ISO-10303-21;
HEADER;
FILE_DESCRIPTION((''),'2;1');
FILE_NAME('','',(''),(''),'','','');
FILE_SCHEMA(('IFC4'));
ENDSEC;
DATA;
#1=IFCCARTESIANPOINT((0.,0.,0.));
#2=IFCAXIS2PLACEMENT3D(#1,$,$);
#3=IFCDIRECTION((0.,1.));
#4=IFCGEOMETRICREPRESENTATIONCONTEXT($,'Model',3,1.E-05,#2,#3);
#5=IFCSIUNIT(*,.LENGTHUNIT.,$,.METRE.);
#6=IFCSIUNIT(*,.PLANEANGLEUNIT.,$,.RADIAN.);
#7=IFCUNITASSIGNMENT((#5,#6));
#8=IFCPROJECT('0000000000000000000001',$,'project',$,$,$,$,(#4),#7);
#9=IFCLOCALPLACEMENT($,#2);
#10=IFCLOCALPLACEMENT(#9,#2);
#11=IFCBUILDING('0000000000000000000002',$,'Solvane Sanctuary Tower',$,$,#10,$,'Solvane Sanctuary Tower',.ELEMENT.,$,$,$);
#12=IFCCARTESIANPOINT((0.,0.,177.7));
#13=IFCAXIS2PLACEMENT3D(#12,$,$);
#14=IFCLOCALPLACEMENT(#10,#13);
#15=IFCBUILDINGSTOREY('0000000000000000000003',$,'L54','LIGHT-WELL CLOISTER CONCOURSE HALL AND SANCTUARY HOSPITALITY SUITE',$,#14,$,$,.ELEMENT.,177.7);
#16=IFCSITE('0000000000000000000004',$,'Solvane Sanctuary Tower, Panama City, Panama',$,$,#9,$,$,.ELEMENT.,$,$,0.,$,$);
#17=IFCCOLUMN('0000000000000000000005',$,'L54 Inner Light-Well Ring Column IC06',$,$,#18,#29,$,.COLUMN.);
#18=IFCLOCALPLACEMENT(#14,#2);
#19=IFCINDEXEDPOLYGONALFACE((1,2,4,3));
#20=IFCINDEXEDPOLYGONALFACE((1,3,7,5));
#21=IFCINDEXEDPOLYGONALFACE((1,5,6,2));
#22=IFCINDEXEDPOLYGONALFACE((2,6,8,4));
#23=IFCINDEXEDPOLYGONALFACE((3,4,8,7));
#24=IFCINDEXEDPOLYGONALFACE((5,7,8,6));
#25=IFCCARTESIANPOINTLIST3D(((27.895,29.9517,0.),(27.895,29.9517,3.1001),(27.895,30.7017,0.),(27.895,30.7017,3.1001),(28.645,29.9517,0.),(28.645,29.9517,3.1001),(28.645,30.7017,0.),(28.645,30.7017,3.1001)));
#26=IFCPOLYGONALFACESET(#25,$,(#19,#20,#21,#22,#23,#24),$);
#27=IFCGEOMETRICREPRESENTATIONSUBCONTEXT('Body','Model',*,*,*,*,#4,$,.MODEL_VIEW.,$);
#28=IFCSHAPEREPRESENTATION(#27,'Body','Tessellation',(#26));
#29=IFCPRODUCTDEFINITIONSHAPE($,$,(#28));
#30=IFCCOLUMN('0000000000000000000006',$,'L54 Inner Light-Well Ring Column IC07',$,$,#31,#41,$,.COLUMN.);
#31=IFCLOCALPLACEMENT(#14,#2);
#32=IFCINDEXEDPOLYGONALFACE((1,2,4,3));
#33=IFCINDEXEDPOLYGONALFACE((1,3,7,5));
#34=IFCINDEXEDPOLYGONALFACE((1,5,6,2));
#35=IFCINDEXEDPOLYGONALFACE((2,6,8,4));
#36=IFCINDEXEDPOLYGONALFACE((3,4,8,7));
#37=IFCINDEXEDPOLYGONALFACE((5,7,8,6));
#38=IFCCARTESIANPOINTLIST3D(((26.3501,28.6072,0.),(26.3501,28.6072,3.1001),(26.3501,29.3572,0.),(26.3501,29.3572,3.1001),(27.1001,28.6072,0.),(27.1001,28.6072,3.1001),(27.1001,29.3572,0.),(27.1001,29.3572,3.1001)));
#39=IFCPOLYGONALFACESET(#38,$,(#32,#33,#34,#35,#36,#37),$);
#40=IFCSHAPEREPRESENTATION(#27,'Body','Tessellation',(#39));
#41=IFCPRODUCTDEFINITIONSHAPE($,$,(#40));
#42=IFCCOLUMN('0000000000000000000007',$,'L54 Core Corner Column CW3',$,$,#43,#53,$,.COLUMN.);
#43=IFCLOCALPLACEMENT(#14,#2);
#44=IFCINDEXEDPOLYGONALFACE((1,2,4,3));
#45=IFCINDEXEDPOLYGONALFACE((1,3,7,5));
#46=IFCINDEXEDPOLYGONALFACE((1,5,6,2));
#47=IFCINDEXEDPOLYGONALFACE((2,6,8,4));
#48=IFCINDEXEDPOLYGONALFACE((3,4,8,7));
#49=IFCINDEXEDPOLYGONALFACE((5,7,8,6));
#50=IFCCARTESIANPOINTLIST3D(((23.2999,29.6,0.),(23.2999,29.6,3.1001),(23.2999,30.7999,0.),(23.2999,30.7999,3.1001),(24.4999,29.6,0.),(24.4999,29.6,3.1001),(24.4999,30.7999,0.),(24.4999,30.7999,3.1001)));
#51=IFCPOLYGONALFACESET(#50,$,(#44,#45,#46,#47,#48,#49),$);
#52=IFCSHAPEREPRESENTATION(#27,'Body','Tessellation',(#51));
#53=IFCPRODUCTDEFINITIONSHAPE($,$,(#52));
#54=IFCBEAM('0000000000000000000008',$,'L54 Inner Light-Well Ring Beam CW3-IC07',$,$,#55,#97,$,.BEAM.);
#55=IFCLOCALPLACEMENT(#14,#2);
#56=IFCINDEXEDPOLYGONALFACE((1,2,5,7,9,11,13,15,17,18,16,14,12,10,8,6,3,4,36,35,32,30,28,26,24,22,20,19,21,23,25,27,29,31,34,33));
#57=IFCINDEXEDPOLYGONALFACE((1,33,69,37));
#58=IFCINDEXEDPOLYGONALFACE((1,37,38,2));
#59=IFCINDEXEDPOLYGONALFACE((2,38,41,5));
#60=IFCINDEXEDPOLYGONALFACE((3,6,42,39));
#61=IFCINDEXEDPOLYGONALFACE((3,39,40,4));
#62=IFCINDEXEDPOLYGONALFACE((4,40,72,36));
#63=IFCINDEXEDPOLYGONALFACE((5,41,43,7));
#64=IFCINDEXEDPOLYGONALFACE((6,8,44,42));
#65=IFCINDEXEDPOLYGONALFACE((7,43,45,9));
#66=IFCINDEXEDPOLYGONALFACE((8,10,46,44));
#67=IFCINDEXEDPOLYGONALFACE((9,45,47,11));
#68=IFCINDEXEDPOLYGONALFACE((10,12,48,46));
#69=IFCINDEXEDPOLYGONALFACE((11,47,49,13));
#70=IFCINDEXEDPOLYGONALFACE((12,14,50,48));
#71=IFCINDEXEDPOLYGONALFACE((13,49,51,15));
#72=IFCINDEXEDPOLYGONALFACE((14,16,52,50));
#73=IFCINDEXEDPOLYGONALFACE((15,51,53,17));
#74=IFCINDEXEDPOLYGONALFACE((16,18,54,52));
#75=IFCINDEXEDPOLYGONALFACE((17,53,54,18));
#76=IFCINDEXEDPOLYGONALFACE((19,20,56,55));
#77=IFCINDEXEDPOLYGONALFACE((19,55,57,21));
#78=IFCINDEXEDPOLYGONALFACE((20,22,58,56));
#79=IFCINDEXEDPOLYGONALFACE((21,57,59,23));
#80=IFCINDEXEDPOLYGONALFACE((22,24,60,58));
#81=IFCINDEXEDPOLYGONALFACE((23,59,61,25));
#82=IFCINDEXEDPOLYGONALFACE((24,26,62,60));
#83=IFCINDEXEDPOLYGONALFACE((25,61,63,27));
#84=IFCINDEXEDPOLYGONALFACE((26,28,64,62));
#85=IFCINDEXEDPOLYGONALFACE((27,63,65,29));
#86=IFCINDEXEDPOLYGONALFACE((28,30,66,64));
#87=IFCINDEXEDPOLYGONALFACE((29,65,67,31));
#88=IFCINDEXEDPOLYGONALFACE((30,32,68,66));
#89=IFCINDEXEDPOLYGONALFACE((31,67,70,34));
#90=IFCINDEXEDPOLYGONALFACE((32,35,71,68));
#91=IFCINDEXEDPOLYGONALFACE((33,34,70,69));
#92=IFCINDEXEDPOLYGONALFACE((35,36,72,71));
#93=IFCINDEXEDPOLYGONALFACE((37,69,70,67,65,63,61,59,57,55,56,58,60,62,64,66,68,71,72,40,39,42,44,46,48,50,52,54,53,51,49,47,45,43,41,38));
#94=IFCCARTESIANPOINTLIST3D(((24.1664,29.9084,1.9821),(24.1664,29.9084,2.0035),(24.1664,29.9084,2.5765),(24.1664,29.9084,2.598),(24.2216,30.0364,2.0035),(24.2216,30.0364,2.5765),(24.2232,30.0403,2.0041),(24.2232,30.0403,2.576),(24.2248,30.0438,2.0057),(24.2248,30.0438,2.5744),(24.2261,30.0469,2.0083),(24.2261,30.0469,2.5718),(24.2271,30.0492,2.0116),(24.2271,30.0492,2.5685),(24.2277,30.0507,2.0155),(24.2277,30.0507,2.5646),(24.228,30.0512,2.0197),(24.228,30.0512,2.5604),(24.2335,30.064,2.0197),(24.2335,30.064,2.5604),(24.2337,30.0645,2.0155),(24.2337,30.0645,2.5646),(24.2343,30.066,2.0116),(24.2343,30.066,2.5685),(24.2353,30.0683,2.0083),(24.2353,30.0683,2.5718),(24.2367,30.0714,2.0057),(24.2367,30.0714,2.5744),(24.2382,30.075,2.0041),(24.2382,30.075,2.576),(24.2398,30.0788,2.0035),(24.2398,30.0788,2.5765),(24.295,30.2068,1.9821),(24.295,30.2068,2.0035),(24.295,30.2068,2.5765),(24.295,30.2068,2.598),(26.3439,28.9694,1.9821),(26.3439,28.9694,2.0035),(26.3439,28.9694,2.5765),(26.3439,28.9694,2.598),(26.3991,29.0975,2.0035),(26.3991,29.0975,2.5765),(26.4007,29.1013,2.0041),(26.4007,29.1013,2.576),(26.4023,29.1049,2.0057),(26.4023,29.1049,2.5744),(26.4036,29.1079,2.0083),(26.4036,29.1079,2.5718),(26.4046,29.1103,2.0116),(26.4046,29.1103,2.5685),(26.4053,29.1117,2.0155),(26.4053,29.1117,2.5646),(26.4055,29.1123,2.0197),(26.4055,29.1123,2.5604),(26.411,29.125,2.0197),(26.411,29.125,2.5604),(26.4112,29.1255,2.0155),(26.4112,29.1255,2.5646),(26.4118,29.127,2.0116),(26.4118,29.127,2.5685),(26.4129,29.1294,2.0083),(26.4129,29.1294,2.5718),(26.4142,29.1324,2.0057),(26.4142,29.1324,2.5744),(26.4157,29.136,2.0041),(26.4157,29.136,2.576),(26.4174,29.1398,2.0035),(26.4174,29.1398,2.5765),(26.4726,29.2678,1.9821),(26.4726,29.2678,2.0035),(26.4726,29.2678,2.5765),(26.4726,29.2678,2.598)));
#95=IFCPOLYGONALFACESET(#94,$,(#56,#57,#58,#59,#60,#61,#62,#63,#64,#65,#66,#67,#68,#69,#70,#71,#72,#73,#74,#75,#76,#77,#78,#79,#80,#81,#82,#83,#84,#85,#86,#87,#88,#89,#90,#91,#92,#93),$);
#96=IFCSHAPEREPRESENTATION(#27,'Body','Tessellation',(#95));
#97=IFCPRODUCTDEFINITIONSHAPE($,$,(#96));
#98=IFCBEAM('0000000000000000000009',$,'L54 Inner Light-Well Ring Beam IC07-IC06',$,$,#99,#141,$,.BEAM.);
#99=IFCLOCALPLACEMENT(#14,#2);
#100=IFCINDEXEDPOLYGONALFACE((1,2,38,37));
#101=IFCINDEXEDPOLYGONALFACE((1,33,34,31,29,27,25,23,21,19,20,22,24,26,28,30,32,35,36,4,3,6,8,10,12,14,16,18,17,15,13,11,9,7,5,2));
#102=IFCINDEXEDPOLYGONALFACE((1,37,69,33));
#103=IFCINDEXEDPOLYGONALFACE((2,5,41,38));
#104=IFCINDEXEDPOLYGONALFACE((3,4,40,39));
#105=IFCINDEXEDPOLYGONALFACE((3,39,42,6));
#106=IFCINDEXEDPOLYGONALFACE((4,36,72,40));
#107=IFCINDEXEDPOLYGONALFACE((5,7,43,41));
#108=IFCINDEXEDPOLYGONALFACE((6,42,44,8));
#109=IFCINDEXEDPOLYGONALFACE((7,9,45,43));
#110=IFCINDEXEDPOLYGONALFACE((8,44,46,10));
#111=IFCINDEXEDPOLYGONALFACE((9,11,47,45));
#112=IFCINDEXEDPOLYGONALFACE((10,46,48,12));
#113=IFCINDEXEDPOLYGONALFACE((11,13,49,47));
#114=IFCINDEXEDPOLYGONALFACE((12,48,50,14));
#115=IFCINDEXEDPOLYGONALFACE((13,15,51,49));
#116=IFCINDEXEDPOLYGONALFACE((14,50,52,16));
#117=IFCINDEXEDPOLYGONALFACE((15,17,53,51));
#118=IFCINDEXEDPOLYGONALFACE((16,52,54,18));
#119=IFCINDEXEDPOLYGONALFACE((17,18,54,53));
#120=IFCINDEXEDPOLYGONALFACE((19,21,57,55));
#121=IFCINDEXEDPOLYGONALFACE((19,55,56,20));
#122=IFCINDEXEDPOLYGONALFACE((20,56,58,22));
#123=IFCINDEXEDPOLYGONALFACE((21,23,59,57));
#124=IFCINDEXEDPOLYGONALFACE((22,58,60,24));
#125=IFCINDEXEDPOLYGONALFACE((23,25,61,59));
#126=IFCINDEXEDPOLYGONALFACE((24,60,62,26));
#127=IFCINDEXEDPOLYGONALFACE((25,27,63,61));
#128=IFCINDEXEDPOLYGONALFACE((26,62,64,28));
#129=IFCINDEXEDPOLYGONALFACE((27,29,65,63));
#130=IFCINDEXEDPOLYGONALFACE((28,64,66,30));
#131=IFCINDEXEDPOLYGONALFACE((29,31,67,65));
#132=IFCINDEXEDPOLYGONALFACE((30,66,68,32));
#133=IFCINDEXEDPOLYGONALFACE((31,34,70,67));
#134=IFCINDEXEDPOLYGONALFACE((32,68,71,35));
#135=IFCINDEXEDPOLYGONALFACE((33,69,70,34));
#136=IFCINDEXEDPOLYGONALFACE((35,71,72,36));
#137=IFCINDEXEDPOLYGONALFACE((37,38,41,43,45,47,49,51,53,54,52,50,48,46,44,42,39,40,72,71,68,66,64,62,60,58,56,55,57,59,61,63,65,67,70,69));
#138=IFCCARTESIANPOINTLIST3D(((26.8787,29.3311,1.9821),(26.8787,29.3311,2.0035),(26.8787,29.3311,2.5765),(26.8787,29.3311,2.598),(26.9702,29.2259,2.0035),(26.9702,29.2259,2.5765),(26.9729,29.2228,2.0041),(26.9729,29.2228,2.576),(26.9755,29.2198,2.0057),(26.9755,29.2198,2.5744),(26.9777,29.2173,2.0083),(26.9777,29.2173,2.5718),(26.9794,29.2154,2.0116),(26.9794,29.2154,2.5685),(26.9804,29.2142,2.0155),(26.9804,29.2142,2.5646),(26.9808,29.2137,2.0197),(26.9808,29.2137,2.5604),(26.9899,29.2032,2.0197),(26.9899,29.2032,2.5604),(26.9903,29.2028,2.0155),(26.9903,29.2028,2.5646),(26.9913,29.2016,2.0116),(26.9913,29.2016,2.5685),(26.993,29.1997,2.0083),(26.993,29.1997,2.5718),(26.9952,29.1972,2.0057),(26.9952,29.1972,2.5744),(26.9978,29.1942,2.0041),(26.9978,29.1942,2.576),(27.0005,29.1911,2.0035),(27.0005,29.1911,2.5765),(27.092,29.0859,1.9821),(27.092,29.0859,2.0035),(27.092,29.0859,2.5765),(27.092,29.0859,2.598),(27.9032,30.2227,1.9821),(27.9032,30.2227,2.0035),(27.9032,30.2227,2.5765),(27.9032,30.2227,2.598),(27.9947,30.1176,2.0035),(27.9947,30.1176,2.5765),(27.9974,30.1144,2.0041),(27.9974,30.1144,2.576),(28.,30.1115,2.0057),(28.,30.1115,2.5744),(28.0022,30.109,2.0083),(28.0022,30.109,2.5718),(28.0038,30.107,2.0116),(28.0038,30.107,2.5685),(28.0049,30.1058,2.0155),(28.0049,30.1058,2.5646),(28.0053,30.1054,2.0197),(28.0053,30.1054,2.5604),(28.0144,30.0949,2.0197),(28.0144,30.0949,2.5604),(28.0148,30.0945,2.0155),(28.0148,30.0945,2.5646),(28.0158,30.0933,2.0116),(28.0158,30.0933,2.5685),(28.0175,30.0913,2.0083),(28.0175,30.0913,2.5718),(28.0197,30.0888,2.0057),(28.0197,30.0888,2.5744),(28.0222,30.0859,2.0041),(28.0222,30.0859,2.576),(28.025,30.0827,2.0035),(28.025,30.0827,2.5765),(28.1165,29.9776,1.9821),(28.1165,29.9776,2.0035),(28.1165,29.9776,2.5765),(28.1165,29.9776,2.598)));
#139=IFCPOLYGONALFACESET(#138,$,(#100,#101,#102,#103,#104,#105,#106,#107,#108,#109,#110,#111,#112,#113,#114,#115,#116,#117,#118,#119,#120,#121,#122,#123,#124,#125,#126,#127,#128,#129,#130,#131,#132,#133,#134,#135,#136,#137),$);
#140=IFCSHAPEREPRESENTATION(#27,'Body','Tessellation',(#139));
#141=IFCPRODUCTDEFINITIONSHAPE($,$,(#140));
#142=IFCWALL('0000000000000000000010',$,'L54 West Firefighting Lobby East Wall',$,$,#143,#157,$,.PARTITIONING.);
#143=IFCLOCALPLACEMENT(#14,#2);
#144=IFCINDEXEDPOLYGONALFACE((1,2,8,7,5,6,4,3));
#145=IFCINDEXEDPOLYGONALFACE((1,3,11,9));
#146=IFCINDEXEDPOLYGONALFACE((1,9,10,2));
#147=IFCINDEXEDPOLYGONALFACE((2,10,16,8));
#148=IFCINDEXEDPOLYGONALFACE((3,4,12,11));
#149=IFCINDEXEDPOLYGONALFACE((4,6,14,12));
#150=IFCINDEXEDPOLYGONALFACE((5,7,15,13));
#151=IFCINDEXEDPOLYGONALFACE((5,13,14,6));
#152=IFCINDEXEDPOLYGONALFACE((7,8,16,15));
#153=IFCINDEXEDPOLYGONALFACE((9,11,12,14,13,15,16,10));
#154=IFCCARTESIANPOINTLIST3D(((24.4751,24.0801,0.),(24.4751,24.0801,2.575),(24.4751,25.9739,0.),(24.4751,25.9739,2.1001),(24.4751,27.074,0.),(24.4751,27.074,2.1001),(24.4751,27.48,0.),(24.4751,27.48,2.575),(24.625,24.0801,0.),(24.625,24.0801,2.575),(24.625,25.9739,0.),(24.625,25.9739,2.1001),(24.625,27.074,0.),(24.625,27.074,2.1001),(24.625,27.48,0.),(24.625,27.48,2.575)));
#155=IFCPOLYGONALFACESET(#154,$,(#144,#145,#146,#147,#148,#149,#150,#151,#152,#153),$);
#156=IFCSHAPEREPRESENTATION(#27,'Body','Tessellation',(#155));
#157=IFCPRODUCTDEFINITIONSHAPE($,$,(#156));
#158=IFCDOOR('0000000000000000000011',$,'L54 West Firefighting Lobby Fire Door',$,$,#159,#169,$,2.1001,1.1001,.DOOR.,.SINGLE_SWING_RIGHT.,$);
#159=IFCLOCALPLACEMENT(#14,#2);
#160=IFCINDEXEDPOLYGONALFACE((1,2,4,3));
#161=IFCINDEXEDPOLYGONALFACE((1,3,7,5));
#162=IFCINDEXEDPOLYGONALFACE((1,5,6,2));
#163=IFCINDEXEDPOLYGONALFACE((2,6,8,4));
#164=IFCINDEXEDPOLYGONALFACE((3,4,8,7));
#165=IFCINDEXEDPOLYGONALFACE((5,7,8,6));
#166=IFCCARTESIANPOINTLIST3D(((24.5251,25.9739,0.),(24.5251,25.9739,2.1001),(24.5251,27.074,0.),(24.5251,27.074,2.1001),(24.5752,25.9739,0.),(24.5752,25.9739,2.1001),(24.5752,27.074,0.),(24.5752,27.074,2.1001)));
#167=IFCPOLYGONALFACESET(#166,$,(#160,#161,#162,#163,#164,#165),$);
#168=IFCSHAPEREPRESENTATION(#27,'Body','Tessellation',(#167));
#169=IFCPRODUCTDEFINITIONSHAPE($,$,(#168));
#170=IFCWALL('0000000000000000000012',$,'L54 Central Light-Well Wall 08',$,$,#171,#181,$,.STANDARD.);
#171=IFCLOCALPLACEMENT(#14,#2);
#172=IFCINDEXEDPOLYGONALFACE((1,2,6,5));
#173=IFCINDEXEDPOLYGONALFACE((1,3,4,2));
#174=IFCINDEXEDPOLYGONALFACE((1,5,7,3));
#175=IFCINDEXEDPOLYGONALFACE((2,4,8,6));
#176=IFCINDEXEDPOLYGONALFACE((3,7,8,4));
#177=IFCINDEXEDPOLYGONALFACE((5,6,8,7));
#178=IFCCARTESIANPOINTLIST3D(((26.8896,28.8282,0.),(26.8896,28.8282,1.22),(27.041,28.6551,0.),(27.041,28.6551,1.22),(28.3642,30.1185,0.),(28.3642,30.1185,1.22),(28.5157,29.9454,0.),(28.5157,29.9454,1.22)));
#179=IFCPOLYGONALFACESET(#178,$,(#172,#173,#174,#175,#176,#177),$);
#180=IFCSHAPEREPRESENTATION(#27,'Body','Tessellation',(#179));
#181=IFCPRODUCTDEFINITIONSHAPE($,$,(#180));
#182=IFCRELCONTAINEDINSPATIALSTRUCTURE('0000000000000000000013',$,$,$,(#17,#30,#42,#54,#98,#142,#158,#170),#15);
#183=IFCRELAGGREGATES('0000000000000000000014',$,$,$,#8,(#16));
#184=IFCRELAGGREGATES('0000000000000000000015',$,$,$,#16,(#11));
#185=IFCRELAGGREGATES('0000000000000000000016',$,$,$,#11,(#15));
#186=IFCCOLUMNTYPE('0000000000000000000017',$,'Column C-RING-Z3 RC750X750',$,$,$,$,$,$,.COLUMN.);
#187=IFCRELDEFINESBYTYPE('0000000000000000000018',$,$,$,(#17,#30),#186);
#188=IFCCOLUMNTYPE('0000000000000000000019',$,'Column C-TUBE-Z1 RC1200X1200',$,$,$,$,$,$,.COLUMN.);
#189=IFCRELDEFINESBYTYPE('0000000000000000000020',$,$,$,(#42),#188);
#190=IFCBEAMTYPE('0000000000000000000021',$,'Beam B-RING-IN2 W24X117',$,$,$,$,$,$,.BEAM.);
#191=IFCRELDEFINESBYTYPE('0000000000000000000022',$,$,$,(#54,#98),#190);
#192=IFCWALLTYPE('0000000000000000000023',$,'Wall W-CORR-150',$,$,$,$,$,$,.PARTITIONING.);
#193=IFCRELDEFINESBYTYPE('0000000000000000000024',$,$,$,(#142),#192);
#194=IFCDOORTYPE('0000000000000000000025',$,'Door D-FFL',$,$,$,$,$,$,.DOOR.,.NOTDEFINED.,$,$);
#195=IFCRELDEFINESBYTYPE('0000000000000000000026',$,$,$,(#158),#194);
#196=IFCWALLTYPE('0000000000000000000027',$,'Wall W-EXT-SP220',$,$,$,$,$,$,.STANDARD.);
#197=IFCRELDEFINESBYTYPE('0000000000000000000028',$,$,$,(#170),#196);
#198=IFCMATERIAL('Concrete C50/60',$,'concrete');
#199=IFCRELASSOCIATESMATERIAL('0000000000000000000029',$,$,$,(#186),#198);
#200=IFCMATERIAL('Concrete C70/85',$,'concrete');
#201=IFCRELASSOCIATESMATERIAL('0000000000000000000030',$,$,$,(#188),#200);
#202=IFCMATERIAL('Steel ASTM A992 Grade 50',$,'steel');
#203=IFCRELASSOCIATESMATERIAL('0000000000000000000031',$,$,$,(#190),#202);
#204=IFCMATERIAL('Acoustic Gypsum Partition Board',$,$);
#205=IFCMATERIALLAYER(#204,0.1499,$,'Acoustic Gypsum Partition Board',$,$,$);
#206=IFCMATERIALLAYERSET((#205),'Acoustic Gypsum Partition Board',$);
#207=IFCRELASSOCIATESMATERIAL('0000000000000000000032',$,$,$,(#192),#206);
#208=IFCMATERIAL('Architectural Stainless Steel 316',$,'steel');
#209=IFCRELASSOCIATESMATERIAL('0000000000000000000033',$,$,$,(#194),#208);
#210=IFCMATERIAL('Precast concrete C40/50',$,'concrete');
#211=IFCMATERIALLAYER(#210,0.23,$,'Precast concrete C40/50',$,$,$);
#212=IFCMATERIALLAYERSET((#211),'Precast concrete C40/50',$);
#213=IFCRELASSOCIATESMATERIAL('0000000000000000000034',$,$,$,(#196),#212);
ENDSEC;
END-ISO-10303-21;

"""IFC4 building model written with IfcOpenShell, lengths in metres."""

from ifc_helpers import new_model, si_unit, direction, frame, frame_2d, origin, origin_2d, place, context, subcontext, project, spatial, rectangle, i_section, extrude, material, layer, layer_set, material_profile, profile_set, type_object, element, fill, save


model = new_model("IFC4")

# Units and contexts
model_context = context("Model", 3, precision=1e-05, world=origin(), true_north=direction((0.0, 1.0)))
body_context = subcontext(model_context, "Body", "Model", "MODEL_VIEW")
ifc_project = project(units=[si_unit("LENGTHUNIT", "METRE"), si_unit("PLANEANGLEUNIT", "RADIAN")], contexts=[model_context])

# Site, building, storey
site_placement = place(None, origin())
site = spatial("IfcSite", under=ifc_project, at=site_placement, Name="Solvane Sanctuary Tower, Panama City, Panama", CompositionType="ELEMENT", RefElevation=0.0)
building_placement = place(site_placement, origin())
building = spatial("IfcBuilding", under=site, at=building_placement, Name="Solvane Sanctuary Tower", LongName="Solvane Sanctuary Tower", CompositionType="ELEMENT")
storey_placement = place(building_placement, frame((0.0, 0.0, 177.7)))
storey = spatial("IfcBuildingStorey", under=building, at=storey_placement, Name="L54", Description="LIGHT-WELL CLOISTER CONCOURSE HALL AND SANCTUARY HOSPITALITY SUITE", CompositionType="ELEMENT", Elevation=177.7)

# Columns
ifc_material_1 = material(Name="Concrete C50/60", Category="concrete")
ifc_material_profile_1 = material_profile(ifc_material_1, rectangle(XDim=0.75, YDim=0.75, at=origin_2d()), Name="RC750X750")
ifc_profile_set_1 = profile_set([ifc_material_profile_1], Name="Concrete C50/60")
column_type_1 = type_object("IfcColumnType", Name="Column C-RING-Z3 RC750X750", PredefinedType="COLUMN", material=ifc_profile_set_1)
for number, where, z_axis, x_axis, name in (
    (1, (28.27, 30.3267, 0.0), (0.0, 0.0, 1.0), (1.0, 0.0, 0.0), "L54 Inner Light-Well Ring Column IC06"),
    (2, (26.7251, 28.9822, 0.0), (0.0, 0.0, 1.0), (1.0, 0.0, 0.0), "L54 Inner Light-Well Ring Column IC07"),
):
    element("IfcColumn", number, at=place(storey_placement, frame(where, z_axis=z_axis, x_axis=x_axis)), inside=storey, type_object=column_type_1, Name=name, PredefinedType="COLUMN", context=body_context, shape_type="SweptSolid", body=[
        extrude(rectangle(XDim=0.75, YDim=0.75, at=origin_2d()), origin(), (0.0, 0.0, 1.0), 3.1001),
    ])
ifc_material_2 = material(Name="Concrete C70/85", Category="concrete")
ifc_material_profile_2 = material_profile(ifc_material_2, rectangle(XDim=1.2, YDim=1.2, at=origin_2d()), Name="RC1200X1200")
ifc_profile_set_2 = profile_set([ifc_material_profile_2], Name="Concrete C70/85")
column_type_2 = type_object("IfcColumnType", Name="Column C-TUBE-Z1 RC1200X1200", PredefinedType="COLUMN", material=ifc_profile_set_2)
column_placement = place(storey_placement, frame((23.8999, 30.2, 0.0), z_axis=(0.0, 0.0, 1.0), x_axis=(1.0, 0.0, 0.0)))
element("IfcColumn", 3, at=column_placement, inside=storey, type_object=column_type_2, Name="L54 Core Corner Column CW3", PredefinedType="COLUMN", context=body_context, shape_type="SweptSolid", body=[
    extrude(rectangle(XDim=1.2, YDim=1.2, at=origin_2d()), origin(), (0.0, 0.0, 1.0), 3.1001),
])

# Beams
ifc_material_3 = material(Name="Steel ASTM A992 Grade 50", Category="steel")
ifc_material_profile_3 = material_profile(ifc_material_3, i_section(OverallWidth=0.325, OverallDepth=0.616, WebThickness=0.0139, FlangeThickness=0.0215, FilletRadius=0.0161, at=origin_2d()), Name="W24X117")
ifc_profile_set_3 = profile_set([ifc_material_profile_3], Name="Steel ASTM A992 Grade 50")
beam_type = type_object("IfcBeamType", Name="Beam B-RING-IN2 W24X117", PredefinedType="BEAM", material=ifc_profile_set_3)
beam_1_placement = place(storey_placement, frame((24.2307, 30.0576, 2.29), z_axis=(0.918264, -0.395969, 0.0), x_axis=(0.395969, 0.918264, 0.0)))
element("IfcBeam", 4, at=beam_1_placement, inside=storey, type_object=beam_type, Name="L54 Inner Light-Well Ring Beam CW3-IC07", PredefinedType="BEAM", context=body_context, shape_type="SweptSolid", body=[
    extrude(i_section(OverallWidth=0.325, OverallDepth=0.616, WebThickness=0.0139, FlangeThickness=0.0215, FilletRadius=0.0161, at=origin_2d()), origin(), (0.0, 0.0, 1.0), 2.3713),
])
beam_2_placement = place(storey_placement, frame((26.9854, 29.2085, 2.29), z_axis=(0.754311, 0.656517, 0.0), x_axis=(-0.656517, 0.754311, 0.0)))
element("IfcBeam", 5, at=beam_2_placement, inside=storey, type_object=beam_type, Name="L54 Inner Light-Well Ring Beam IC07-IC06", PredefinedType="BEAM", context=body_context, shape_type="SweptSolid", body=[
    extrude(i_section(OverallWidth=0.325, OverallDepth=0.616, WebThickness=0.0139, FlangeThickness=0.0215, FilletRadius=0.0161, at=origin_2d()), origin(), (0.0, 0.0, 1.0), 1.3582),
])

# Wall, opening, door
ifc_material_4 = material(Name="Acoustic Gypsum Partition Board")
ifc_layer_1 = layer(ifc_material_4, 0.1499, Name="Acoustic Gypsum Partition Board")
ifc_layer_set_1 = layer_set([ifc_layer_1], Name="Acoustic Gypsum Partition Board")
wall_type_1 = type_object("IfcWallType", Name="Wall W-CORR-150", PredefinedType="PARTITIONING", material=ifc_layer_set_1)
wall_1_placement = place(storey_placement, frame((24.55, 24.0801, 0.0), z_axis=(0.0, 0.0, 1.0), x_axis=(0.0, 1.0, 0.0)))
wall_1 = element("IfcWall", 6, at=wall_1_placement, inside=storey, type_object=wall_type_1, Name="L54 West Firefighting Lobby East Wall", PredefinedType="PARTITIONING", context=body_context, shape_type="SweptSolid", body=[
    extrude(rectangle(XDim=3.3999, YDim=0.1499, at=frame_2d((1.7, 0.0))), origin(), (0.0, 0.0, 1.0), 2.575),
])
opening_1_placement = place(wall_1_placement, frame((1.8938, 0.0, 0.0)))
opening_1 = element("IfcOpeningElement", 7, at=opening_1_placement, cuts=wall_1, PredefinedType="OPENING", context=body_context, shape_type="SweptSolid", body=[
    extrude(rectangle(XDim=1.1001, YDim=2.1001, at=frame_2d((0.55, 1.05))), frame((0.0, 0.085, 0.0), z_axis=(0.0, -1.0, 0.0), x_axis=(1.0, 0.0, 0.0)), (0.0, 0.0, 1.0), 0.1699),
])
ifc_material_5 = material(Name="Architectural Stainless Steel 316", Category="steel")
door_type_1 = type_object("IfcDoorType", Name="Door D-FFL", OperationType="NOTDEFINED", PredefinedType="DOOR", material=ifc_material_5)
door_1_placement = place(opening_1_placement, origin())
door_1 = element("IfcDoor", 8, at=door_1_placement, inside=storey, type_object=door_type_1, Name="L54 West Firefighting Lobby Fire Door", OperationType="SINGLE_SWING_RIGHT", OverallHeight=2.1001, OverallWidth=1.1001, PredefinedType="DOOR", context=body_context, shape_type="SweptSolid", body=[
    extrude(rectangle(XDim=1.1001, YDim=2.1001, at=frame_2d((0.55, 1.05))), frame((0.0, 0.0249, 0.0), z_axis=(0.0, -1.0, 0.0), x_axis=(1.0, 0.0, 0.0)), (0.0, 0.0, 1.0), 0.05),
])
fill(opening_1, door_1)

# Wall
ifc_material_6 = material(Name="Precast concrete C40/50", Category="concrete")
ifc_layer_2 = layer(ifc_material_6, 0.23, Name="Precast concrete C40/50")
ifc_layer_set_2 = layer_set([ifc_layer_2], Name="Precast concrete C40/50")
wall_type_2 = type_object("IfcWallType", Name="Wall W-EXT-SP220", PredefinedType="STANDARD", material=ifc_layer_set_2)
wall_2_placement = place(storey_placement, frame((28.4399, 30.032, 0.0), z_axis=(0.0, 0.0, 1.0), x_axis=(-0.752577, -0.658505, 0.0)))
element("IfcWall", 9, at=wall_2_placement, inside=storey, type_object=wall_type_2, Name="L54 Central Light-Well Wall 08", PredefinedType="STANDARD", context=body_context, shape_type="SweptSolid", body=[
    extrude(rectangle(XDim=1.9595, YDim=0.23, at=frame_2d((0.9797, 0.0))), origin(), (0.0, 0.0, 1.0), 1.22),
])

save(model, "model.ifc")
